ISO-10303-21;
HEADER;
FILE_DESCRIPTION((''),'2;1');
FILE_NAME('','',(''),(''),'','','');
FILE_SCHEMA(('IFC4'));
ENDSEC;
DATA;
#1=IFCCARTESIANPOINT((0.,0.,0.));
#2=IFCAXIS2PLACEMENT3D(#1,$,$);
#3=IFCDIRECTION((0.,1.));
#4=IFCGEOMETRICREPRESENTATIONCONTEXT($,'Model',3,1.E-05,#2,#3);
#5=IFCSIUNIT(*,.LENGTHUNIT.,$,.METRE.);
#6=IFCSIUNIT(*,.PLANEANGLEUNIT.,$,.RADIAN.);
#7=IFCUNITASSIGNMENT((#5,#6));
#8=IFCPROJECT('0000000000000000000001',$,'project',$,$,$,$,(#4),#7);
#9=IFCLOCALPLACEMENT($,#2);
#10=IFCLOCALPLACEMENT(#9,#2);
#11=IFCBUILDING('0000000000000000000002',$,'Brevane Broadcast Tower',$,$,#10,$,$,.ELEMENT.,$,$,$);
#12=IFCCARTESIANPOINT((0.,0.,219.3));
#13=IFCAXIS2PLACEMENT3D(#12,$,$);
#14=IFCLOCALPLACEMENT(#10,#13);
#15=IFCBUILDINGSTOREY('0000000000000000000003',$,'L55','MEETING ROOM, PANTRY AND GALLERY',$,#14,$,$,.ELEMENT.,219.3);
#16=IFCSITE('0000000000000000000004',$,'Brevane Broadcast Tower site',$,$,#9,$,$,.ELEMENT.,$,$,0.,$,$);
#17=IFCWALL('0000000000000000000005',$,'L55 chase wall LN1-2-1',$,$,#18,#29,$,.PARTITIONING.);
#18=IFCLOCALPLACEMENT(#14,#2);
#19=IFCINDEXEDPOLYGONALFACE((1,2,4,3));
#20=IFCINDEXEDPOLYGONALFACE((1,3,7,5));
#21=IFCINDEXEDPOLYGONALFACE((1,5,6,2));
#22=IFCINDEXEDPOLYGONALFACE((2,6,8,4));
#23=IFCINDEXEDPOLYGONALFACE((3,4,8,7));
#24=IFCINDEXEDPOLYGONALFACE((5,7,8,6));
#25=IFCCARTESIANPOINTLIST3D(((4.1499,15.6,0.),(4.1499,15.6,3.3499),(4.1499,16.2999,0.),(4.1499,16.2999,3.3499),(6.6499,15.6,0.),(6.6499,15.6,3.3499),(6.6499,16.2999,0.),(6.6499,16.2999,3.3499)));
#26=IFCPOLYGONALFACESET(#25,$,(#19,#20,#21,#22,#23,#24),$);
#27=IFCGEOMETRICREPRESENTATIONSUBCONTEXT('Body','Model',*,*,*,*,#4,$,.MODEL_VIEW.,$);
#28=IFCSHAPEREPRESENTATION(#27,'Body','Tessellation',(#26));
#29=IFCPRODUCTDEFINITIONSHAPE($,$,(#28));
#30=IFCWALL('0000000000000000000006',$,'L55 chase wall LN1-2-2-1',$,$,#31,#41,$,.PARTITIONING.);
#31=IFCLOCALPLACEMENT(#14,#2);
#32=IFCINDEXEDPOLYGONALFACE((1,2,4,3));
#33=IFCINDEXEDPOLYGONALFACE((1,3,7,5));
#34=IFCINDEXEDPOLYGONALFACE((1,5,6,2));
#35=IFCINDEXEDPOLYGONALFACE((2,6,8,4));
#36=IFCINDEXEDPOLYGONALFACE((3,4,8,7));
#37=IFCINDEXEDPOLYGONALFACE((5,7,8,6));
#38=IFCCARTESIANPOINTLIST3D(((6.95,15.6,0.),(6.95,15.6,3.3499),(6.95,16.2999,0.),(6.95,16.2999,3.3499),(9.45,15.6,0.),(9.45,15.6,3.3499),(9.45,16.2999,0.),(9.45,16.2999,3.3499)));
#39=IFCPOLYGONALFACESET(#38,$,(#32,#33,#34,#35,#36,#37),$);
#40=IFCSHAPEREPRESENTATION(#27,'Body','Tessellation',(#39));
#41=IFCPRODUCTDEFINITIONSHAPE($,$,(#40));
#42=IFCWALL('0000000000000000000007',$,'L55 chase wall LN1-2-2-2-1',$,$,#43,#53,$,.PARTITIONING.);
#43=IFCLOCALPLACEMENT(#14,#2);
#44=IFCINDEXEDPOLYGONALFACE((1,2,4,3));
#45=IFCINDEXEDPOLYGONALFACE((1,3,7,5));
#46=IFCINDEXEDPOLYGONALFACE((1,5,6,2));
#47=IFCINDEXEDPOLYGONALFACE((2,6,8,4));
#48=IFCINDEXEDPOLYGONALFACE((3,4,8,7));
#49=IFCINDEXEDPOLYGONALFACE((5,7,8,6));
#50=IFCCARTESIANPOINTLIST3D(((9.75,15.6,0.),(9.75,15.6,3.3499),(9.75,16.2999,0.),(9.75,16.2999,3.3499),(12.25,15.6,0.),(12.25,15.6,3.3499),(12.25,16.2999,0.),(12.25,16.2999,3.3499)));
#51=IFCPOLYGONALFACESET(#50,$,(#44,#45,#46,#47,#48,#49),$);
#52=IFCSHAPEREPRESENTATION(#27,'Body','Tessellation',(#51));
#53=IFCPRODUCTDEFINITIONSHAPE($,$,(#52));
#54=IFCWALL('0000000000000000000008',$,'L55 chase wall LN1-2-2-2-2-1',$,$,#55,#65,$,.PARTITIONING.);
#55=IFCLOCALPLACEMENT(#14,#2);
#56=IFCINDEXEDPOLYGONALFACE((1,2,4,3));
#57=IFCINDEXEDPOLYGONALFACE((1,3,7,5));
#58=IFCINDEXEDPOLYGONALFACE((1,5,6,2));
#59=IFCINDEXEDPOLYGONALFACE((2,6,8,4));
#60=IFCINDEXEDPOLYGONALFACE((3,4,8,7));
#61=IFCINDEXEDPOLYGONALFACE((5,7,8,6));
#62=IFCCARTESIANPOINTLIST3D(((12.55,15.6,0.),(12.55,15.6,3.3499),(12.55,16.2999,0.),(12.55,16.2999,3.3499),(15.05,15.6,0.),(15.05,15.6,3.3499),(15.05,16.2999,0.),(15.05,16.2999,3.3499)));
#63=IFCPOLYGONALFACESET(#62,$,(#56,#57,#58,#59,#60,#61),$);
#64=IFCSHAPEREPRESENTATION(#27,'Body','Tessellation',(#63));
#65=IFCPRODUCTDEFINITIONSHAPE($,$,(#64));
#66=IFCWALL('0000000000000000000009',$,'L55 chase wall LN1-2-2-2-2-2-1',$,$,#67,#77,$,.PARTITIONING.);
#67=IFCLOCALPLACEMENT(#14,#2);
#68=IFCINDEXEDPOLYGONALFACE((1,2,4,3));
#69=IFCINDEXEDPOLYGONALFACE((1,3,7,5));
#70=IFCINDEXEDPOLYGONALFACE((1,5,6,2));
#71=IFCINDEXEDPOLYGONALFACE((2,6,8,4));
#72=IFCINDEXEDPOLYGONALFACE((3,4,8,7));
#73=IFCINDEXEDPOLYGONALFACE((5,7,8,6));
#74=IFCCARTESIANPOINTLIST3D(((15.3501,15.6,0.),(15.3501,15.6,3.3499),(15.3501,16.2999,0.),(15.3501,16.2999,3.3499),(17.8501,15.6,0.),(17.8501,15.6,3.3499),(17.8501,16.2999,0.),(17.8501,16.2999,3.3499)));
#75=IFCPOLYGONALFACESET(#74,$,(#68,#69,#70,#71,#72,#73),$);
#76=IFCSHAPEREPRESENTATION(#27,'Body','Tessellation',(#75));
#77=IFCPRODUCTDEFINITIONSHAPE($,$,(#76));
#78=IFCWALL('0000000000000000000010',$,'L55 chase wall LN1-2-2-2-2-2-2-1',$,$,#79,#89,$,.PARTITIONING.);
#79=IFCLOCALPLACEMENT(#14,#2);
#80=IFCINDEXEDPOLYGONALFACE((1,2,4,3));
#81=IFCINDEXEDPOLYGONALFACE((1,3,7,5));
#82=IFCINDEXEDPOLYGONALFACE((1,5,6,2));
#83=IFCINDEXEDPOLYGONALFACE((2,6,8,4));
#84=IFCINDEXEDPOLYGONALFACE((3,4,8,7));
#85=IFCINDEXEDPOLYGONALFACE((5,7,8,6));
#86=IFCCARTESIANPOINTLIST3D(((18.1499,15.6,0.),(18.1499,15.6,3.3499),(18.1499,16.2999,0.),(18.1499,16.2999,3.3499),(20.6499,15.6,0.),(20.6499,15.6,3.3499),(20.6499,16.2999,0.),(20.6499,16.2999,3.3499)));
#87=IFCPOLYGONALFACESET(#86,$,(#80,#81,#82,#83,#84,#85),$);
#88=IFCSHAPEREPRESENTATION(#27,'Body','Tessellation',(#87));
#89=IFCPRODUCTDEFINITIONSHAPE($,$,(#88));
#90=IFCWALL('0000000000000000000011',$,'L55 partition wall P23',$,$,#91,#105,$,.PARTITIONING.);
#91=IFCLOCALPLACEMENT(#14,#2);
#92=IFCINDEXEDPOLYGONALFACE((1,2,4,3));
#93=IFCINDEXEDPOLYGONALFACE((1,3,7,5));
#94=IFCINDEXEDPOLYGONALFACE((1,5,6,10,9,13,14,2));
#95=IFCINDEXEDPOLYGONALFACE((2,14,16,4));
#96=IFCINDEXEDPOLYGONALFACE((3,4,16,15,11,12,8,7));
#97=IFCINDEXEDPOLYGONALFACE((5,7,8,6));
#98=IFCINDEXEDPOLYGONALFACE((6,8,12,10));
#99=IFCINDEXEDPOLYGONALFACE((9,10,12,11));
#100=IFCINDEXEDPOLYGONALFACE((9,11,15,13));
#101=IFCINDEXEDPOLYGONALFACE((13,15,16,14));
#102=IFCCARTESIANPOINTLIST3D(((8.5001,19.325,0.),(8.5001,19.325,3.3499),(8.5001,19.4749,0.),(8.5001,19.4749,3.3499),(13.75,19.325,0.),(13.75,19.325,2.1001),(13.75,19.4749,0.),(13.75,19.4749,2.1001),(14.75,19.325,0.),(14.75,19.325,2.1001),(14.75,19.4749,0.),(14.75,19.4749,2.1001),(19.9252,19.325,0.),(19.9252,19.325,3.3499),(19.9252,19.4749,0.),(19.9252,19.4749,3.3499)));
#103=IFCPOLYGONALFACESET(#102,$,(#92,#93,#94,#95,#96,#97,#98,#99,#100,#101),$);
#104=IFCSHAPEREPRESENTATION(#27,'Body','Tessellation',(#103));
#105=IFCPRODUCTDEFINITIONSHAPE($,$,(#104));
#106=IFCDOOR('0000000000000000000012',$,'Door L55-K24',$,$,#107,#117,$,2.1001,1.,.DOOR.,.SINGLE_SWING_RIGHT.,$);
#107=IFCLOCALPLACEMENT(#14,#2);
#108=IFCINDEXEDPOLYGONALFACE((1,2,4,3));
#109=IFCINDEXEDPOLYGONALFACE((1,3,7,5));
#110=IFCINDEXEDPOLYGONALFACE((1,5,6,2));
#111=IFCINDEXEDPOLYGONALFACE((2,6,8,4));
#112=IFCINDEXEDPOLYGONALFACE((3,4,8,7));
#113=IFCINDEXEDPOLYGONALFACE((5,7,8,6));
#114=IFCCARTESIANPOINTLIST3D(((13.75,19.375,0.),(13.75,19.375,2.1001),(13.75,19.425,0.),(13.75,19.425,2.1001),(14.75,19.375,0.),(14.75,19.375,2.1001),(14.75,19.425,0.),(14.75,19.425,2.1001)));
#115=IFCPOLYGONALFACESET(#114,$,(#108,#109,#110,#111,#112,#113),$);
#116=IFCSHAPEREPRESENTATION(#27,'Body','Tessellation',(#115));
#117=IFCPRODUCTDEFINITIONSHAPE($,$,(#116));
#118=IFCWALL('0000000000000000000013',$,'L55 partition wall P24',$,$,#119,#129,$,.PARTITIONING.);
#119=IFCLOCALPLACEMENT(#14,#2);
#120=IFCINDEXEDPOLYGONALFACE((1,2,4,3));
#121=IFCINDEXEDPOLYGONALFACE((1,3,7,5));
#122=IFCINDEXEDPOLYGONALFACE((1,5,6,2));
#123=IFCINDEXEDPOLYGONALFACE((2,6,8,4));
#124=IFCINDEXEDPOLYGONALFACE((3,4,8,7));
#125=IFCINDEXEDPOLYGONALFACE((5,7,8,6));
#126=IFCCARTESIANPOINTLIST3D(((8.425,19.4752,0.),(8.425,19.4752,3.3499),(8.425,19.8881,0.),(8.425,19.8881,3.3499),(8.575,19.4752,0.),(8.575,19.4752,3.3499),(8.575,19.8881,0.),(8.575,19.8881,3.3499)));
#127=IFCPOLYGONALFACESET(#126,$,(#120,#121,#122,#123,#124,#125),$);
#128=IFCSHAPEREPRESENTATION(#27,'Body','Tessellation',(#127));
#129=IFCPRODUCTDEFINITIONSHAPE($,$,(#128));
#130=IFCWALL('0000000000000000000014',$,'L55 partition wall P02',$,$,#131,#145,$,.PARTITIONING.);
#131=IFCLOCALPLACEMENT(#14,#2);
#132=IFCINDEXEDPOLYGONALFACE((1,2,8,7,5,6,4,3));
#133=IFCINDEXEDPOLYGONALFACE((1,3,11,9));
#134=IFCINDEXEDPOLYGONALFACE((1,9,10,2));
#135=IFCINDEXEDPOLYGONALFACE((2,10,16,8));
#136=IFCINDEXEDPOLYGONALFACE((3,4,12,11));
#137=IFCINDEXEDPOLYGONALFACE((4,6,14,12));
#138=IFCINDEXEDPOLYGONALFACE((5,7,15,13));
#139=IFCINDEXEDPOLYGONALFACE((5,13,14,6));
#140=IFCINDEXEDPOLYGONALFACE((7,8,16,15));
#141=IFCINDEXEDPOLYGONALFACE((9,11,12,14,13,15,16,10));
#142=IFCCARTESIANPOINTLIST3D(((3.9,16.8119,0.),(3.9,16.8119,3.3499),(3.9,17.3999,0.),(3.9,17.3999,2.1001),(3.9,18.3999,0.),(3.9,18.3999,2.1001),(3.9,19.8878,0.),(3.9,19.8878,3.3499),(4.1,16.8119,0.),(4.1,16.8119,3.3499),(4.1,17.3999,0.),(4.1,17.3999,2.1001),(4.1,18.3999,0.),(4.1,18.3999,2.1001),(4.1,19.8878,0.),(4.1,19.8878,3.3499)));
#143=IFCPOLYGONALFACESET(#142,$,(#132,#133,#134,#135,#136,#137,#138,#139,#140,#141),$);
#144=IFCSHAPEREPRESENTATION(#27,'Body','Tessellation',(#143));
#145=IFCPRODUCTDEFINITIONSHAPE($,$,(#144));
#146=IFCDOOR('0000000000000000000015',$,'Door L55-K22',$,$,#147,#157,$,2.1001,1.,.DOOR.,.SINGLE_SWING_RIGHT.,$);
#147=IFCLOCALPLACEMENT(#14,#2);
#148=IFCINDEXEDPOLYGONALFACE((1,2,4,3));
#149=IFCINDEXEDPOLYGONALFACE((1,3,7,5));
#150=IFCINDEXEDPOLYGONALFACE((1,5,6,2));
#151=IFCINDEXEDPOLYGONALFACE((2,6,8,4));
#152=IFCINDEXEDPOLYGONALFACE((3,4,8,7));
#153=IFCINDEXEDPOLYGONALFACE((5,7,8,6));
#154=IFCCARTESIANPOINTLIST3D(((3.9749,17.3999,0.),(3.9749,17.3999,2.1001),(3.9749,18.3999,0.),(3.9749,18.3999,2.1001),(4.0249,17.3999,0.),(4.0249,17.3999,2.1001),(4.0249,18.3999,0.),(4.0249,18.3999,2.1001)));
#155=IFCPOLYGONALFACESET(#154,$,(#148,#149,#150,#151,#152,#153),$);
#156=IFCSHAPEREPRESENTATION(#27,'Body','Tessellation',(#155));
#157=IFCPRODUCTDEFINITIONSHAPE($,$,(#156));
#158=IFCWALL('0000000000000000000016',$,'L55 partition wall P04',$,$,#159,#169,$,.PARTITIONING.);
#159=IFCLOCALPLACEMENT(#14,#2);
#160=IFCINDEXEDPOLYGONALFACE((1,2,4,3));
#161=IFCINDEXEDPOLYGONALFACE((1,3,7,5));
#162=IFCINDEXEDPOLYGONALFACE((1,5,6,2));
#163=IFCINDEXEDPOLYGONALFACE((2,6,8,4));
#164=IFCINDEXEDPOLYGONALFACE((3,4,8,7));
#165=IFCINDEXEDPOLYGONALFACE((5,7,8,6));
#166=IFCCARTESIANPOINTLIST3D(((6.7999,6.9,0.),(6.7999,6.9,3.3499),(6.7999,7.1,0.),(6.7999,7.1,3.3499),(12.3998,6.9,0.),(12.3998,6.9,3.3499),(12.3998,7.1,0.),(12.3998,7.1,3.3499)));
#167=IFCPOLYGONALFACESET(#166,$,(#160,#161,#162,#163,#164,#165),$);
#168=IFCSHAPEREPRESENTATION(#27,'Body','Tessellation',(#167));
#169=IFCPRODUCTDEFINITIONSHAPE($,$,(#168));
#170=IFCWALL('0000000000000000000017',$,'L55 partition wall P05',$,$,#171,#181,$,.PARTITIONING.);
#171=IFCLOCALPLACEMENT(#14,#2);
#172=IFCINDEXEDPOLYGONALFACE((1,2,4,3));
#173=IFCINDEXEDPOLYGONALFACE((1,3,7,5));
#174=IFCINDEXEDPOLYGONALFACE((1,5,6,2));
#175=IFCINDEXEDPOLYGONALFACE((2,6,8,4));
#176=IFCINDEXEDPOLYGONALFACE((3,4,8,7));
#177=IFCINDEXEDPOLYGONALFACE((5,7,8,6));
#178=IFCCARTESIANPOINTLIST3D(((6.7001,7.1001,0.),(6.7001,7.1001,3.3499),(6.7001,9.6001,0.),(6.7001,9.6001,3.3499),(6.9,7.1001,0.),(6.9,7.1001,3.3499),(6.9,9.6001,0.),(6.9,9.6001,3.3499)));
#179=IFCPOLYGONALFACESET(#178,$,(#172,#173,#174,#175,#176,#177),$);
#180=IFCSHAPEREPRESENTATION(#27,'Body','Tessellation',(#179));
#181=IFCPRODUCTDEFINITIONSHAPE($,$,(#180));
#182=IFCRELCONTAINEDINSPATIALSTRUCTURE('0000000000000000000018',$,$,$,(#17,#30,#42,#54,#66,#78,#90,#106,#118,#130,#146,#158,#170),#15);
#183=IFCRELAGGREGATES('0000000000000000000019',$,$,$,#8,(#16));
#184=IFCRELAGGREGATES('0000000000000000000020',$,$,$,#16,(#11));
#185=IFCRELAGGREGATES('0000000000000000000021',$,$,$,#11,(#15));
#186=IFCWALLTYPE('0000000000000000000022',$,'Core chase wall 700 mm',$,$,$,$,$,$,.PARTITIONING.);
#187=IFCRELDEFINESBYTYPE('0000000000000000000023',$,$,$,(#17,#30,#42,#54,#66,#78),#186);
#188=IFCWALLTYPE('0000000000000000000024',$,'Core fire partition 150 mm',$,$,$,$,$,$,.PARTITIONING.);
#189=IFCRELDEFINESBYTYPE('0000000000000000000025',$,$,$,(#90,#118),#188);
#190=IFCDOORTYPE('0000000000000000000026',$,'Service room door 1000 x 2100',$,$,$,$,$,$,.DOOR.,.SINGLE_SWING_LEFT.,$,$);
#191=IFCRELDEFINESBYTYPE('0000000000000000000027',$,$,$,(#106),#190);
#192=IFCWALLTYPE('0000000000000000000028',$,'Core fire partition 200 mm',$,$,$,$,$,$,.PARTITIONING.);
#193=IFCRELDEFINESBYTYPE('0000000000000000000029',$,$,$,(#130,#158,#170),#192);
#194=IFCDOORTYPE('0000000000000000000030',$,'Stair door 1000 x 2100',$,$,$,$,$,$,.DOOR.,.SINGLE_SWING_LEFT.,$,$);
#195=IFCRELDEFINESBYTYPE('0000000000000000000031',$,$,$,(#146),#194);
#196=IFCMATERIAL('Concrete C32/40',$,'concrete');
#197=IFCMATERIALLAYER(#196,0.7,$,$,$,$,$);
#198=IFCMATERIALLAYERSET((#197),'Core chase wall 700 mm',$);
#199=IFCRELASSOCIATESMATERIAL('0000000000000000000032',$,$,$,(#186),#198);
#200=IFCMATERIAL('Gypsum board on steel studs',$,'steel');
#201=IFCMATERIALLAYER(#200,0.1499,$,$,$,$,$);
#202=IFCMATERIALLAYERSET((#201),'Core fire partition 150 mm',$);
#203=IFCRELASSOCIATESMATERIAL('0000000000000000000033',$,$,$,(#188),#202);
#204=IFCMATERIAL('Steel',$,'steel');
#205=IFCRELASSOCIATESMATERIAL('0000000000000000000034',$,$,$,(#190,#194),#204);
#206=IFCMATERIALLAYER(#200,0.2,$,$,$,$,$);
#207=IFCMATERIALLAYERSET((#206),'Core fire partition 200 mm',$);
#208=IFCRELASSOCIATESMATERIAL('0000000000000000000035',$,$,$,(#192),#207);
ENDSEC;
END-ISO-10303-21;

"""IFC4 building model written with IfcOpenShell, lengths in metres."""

from ifc_helpers import new_model, si_unit, direction, frame, frame_2d, origin, place, context, subcontext, project, spatial, rectangle, extrude, material, layer, layer_set, type_object, element, fill, save


model = new_model("IFC4")

# Units and contexts
model_context = context("Model", 3, precision=1e-05, world=origin(), true_north=direction((0.0, 1.0)))
body_context = subcontext(model_context, "Body", "Model", "MODEL_VIEW")
ifc_project = project(units=[si_unit("LENGTHUNIT", "METRE"), si_unit("PLANEANGLEUNIT", "RADIAN")], contexts=[model_context])

# Site, building, storey
site_placement = place(None, origin())
site = spatial("IfcSite", under=ifc_project, at=site_placement, Name="Brevane Broadcast Tower site", CompositionType="ELEMENT", RefElevation=0.0)
building_placement = place(site_placement, origin())
building = spatial("IfcBuilding", under=site, at=building_placement, Name="Brevane Broadcast Tower", CompositionType="ELEMENT")
storey_placement = place(building_placement, frame((0.0, 0.0, 219.3)))
storey = spatial("IfcBuildingStorey", under=building, at=storey_placement, Name="L55", Description="MEETING ROOM, PANTRY AND GALLERY", CompositionType="ELEMENT", Elevation=219.3)

# Walls
ifc_material_1 = material(Name="Concrete C32/40", Category="concrete")
ifc_layer_1 = layer(ifc_material_1, 0.7)
ifc_layer_set_1 = layer_set([ifc_layer_1], Name="Core chase wall 700 mm")
wall_type_1 = type_object("IfcWallType", Name="Core chase wall 700 mm", PredefinedType="PARTITIONING", material=ifc_layer_set_1)
for number, where, z_axis, x_axis, name in (
    (1, (4.1499, 15.95, 0.0), (0.0, 0.0, 1.0), (1.0, 0.0, 0.0), "L55 chase wall LN1-2-1"),
    (2, (6.95, 15.95, 0.0), (0.0, 0.0, 1.0), (1.0, 0.0, 0.0), "L55 chase wall LN1-2-2-1"),
    (3, (9.75, 15.95, 0.0), (0.0, 0.0, 1.0), (1.0, 0.0, 0.0), "L55 chase wall LN1-2-2-2-1"),
    (4, (12.55, 15.95, 0.0), (0.0, 0.0, 1.0), (1.0, 0.0, 0.0), "L55 chase wall LN1-2-2-2-2-1"),
    (5, (15.3501, 15.95, 0.0), (0.0, 0.0, 1.0), (1.0, 0.0, 0.0), "L55 chase wall LN1-2-2-2-2-2-1"),
    (6, (18.1499, 15.95, 0.0), (0.0, 0.0, 1.0), (1.0, 0.0, 0.0), "L55 chase wall LN1-2-2-2-2-2-2-1"),
):
    element("IfcWall", number, at=place(storey_placement, frame(where, z_axis=z_axis, x_axis=x_axis)), inside=storey, type_object=wall_type_1, Name=name, PredefinedType="PARTITIONING", context=body_context, shape_type="SweptSolid", body=[
        extrude(rectangle(XDim=2.5, YDim=0.7, at=frame_2d((1.25, 0.0))), origin(), (0.0, 0.0, 1.0), 3.3499),
    ])

# Wall, opening, door
ifc_material_2 = material(Name="Gypsum board on steel studs", Category="steel")
ifc_layer_2 = layer(ifc_material_2, 0.1499)
ifc_layer_set_2 = layer_set([ifc_layer_2], Name="Core fire partition 150 mm")
wall_type_2 = type_object("IfcWallType", Name="Core fire partition 150 mm", PredefinedType="PARTITIONING", material=ifc_layer_set_2)
wall_1_placement = place(storey_placement, frame((19.925, 19.3999, 0.0), z_axis=(0.0, 0.0, 1.0), x_axis=(-1.0, 0.0, 0.0)))
wall_1 = element("IfcWall", 7, at=wall_1_placement, inside=storey, type_object=wall_type_2, Name="L55 partition wall P23", PredefinedType="PARTITIONING", context=body_context, shape_type="SweptSolid", body=[
    extrude(rectangle(XDim=11.425, YDim=0.1499, at=frame_2d((5.7124, 0.0))), origin(), (0.0, 0.0, 1.0), 3.3499),
])
opening_1_placement = place(wall_1_placement, frame((5.175, 0.0, 0.0)))
opening_1 = element("IfcOpeningElement", 8, at=opening_1_placement, cuts=wall_1, PredefinedType="OPENING", context=body_context, shape_type="SweptSolid", body=[
    extrude(rectangle(XDim=1.0, YDim=2.1001, at=frame_2d((0.5, 1.05))), frame((0.0, 0.085, 0.0), z_axis=(0.0, -1.0, 0.0), x_axis=(1.0, 0.0, 0.0)), (0.0, 0.0, 1.0), 0.1699),
])
ifc_material_3 = material(Name="Steel", Category="steel")
door_type_1 = type_object("IfcDoorType", Name="Service room door 1000 x 2100", OperationType="SINGLE_SWING_LEFT", PredefinedType="DOOR", material=ifc_material_3)
door_1_placement = place(opening_1_placement, origin())
door_1 = element("IfcDoor", 9, at=door_1_placement, inside=storey, type_object=door_type_1, Name="Door L55-K24", OperationType="SINGLE_SWING_RIGHT", OverallHeight=2.1001, OverallWidth=1.0, PredefinedType="DOOR", context=body_context, shape_type="SweptSolid", body=[
    extrude(rectangle(XDim=1.0, YDim=2.1001, at=frame_2d((0.5, 1.05))), frame((0.0, 0.0249, 0.0), z_axis=(0.0, -1.0, 0.0), x_axis=(1.0, 0.0, 0.0)), (0.0, 0.0, 1.0), 0.05),
])
fill(opening_1, door_1)

# Wall
wall_2_placement = place(storey_placement, frame((8.5, 19.4751, 0.0), z_axis=(0.0, 0.0, 1.0), x_axis=(0.0, 1.0, 0.0)))
element("IfcWall", 10, at=wall_2_placement, inside=storey, type_object=wall_type_2, Name="L55 partition wall P24", PredefinedType="PARTITIONING", context=body_context, shape_type="SweptSolid", body=[
    extrude(rectangle(XDim=0.4128, YDim=0.1499, at=frame_2d((0.2065, 0.0))), origin(), (0.0, 0.0, 1.0), 3.3499),
])

# Wall, opening, door
ifc_layer_3 = layer(ifc_material_2, 0.2)
ifc_layer_set_3 = layer_set([ifc_layer_3], Name="Core fire partition 200 mm")
wall_type_3 = type_object("IfcWallType", Name="Core fire partition 200 mm", PredefinedType="PARTITIONING", material=ifc_layer_set_3)
wall_3_placement = place(storey_placement, frame((4.0, 19.8879, 0.0), z_axis=(0.0, 0.0, 1.0), x_axis=(0.0, -1.0, 0.0)))
wall_3 = element("IfcWall", 11, at=wall_3_placement, inside=storey, type_object=wall_type_3, Name="L55 partition wall P02", PredefinedType="PARTITIONING", context=body_context, shape_type="SweptSolid", body=[
    extrude(rectangle(XDim=3.0759, YDim=0.2, at=frame_2d((1.5381, 0.0))), origin(), (0.0, 0.0, 1.0), 3.3499),
])
opening_2_placement = place(wall_3_placement, frame((1.488, 0.0, 0.0)))
opening_2 = element("IfcOpeningElement", 12, at=opening_2_placement, cuts=wall_3, PredefinedType="OPENING", context=body_context, shape_type="SweptSolid", body=[
    extrude(rectangle(XDim=1.0, YDim=2.1001, at=frame_2d((0.5, 1.05))), frame((0.0, 0.1099, 0.0), z_axis=(0.0, -1.0, 0.0), x_axis=(1.0, 0.0, 0.0)), (0.0, 0.0, 1.0), 0.22),
])
door_type_2 = type_object("IfcDoorType", Name="Stair door 1000 x 2100", OperationType="SINGLE_SWING_LEFT", PredefinedType="DOOR", material=ifc_material_3)
door_2_placement = place(opening_2_placement, origin())
door_2 = element("IfcDoor", 13, at=door_2_placement, inside=storey, type_object=door_type_2, Name="Door L55-K22", OperationType="SINGLE_SWING_RIGHT", OverallHeight=2.1001, OverallWidth=1.0, PredefinedType="DOOR", context=body_context, shape_type="SweptSolid", body=[
    extrude(rectangle(XDim=1.0, YDim=2.1001, at=frame_2d((0.5, 1.05))), frame((0.0, 0.0249, 0.0), z_axis=(0.0, -1.0, 0.0), x_axis=(1.0, 0.0, 0.0)), (0.0, 0.0, 1.0), 0.05),
])
fill(opening_2, door_2)

# Walls
wall_4_placement = place(storey_placement, frame((6.8, 7.0, 0.0), z_axis=(0.0, 0.0, 1.0), x_axis=(1.0, 0.0, 0.0)))
element("IfcWall", 14, at=wall_4_placement, inside=storey, type_object=wall_type_3, Name="L55 partition wall P04", PredefinedType="PARTITIONING", context=body_context, shape_type="SweptSolid", body=[
    extrude(rectangle(XDim=5.5999, YDim=0.2, at=frame_2d((2.7998, 0.0))), origin(), (0.0, 0.0, 1.0), 3.3499),
])
wall_5_placement = place(storey_placement, frame((6.8, 9.6001, 0.0), z_axis=(0.0, 0.0, 1.0), x_axis=(0.0, -1.0, 0.0)))
element("IfcWall", 15, at=wall_5_placement, inside=storey, type_object=wall_type_3, Name="L55 partition wall P05", PredefinedType="PARTITIONING", context=body_context, shape_type="SweptSolid", body=[
    extrude(rectangle(XDim=2.5, YDim=0.2, at=frame_2d((1.25, 0.0))), origin(), (0.0, 0.0, 1.0), 3.3499),
])

save(model, "model.ifc")
